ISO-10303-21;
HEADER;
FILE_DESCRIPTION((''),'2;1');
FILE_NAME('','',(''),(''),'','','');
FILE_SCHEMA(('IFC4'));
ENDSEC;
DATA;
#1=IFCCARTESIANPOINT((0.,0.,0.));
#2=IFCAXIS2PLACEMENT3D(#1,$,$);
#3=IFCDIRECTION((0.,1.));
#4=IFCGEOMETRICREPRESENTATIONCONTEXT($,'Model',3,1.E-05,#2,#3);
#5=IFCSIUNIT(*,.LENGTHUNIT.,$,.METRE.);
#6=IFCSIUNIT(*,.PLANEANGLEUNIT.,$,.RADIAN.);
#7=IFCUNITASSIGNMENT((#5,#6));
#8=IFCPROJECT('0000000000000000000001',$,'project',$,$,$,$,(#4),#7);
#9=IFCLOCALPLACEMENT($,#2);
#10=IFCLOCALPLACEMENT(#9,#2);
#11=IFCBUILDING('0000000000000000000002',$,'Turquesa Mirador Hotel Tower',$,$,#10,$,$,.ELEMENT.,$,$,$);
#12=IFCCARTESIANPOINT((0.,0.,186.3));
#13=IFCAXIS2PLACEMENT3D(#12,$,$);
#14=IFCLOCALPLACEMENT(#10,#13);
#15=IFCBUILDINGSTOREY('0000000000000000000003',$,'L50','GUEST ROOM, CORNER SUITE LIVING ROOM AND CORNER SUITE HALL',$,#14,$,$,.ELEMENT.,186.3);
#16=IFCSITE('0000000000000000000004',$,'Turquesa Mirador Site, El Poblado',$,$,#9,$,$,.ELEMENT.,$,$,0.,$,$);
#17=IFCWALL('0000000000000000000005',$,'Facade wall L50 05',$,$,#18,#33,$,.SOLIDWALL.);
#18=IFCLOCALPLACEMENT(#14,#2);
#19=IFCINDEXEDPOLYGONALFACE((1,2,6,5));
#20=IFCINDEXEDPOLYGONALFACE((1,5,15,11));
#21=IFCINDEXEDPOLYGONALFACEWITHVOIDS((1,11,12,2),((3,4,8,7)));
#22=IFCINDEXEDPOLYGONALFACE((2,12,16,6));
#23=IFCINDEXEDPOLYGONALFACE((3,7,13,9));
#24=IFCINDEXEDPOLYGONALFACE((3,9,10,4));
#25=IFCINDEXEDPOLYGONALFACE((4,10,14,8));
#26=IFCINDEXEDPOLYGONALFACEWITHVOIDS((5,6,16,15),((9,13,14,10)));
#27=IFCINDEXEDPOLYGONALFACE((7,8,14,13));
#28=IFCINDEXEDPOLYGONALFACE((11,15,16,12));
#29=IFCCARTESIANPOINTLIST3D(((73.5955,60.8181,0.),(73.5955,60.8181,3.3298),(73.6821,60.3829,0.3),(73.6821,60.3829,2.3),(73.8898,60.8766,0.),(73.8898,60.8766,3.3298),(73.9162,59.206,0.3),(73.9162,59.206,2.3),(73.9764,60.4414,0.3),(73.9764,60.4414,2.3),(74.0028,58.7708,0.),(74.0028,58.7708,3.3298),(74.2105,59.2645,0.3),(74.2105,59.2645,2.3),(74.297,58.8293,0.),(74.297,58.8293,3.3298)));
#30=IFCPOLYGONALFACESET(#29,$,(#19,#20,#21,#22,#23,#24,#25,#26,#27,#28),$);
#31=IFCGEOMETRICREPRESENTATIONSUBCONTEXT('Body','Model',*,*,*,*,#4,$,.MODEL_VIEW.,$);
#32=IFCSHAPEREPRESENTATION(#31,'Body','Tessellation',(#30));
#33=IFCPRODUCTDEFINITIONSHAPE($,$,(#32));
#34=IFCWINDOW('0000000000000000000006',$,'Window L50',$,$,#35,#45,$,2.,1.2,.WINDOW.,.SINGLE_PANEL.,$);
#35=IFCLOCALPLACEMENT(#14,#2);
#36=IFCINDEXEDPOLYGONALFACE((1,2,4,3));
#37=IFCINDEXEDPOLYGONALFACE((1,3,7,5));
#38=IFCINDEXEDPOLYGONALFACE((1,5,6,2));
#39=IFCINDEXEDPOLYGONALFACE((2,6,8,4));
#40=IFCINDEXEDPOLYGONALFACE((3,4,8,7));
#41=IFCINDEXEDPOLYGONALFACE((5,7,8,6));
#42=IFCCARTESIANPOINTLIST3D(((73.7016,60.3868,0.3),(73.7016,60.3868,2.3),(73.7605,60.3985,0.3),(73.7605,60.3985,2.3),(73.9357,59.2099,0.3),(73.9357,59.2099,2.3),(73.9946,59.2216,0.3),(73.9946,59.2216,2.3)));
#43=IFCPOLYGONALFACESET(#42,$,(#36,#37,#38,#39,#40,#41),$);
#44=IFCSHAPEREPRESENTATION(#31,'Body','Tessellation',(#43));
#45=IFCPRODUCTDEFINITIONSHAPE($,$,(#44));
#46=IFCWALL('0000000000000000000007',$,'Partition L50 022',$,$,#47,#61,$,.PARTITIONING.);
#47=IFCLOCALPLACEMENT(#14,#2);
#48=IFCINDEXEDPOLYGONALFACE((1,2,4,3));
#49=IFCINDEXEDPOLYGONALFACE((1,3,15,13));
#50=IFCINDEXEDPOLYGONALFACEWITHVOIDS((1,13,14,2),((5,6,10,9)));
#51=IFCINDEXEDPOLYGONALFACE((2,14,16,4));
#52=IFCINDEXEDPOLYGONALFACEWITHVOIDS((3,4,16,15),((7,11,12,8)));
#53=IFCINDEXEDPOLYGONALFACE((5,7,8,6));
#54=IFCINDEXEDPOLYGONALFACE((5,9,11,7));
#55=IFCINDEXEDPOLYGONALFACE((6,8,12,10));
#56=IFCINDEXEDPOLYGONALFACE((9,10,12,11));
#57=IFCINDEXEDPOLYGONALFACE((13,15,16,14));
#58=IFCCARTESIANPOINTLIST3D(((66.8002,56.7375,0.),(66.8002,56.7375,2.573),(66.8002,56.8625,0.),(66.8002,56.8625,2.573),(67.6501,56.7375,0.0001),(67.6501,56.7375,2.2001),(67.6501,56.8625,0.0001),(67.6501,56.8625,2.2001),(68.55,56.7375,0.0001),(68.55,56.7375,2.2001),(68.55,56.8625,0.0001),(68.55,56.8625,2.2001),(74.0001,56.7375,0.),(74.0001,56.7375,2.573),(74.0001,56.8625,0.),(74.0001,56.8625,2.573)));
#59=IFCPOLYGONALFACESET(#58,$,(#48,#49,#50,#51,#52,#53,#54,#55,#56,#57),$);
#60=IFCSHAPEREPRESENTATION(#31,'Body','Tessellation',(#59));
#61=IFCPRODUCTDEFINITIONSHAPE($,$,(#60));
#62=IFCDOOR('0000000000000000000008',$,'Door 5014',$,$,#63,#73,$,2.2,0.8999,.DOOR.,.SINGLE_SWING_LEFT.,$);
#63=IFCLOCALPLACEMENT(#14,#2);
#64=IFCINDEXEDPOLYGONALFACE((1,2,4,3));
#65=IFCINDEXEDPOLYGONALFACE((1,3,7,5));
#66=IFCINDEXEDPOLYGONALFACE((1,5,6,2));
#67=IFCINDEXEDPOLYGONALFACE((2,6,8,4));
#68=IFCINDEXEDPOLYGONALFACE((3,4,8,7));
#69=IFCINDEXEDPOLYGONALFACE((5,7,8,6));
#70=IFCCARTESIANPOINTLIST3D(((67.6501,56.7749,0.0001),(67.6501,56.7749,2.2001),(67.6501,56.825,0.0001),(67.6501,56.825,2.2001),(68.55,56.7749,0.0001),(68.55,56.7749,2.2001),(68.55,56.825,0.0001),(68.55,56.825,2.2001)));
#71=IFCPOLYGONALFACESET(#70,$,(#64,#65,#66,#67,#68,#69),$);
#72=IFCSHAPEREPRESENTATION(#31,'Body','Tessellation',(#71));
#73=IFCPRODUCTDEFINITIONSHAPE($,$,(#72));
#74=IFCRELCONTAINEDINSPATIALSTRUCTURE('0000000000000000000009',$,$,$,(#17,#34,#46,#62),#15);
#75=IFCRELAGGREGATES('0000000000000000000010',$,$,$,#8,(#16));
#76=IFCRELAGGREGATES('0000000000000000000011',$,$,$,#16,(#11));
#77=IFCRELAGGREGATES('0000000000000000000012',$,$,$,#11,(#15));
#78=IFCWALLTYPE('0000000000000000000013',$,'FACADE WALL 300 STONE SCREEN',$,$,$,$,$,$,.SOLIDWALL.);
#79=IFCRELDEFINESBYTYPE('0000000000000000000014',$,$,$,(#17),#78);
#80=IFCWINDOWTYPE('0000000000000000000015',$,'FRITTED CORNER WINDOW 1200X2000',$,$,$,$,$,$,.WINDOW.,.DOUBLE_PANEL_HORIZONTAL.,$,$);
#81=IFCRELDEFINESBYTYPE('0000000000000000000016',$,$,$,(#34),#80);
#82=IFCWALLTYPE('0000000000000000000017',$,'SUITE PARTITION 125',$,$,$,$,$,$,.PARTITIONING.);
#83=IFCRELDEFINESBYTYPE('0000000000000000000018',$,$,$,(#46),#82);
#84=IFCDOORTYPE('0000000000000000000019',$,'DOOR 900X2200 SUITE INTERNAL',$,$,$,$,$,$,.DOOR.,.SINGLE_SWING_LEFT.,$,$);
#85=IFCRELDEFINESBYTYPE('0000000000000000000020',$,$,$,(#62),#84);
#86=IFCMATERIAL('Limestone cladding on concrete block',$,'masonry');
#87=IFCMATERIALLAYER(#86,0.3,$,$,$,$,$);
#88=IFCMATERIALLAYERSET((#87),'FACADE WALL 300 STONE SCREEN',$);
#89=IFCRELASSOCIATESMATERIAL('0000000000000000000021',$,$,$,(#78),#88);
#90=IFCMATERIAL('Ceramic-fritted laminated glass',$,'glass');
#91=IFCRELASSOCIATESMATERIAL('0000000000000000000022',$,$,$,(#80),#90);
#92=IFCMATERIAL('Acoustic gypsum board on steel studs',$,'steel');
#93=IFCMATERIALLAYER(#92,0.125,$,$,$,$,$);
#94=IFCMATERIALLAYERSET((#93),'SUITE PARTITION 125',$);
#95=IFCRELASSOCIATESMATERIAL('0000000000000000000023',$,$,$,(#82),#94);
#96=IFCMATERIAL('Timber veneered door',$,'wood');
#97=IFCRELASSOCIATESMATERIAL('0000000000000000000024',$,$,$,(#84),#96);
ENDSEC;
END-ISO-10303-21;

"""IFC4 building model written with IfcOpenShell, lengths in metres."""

from ifc_helpers import new_model, si_unit, direction, frame, frame_2d, origin, place, context, subcontext, project, spatial, rectangle, extrude, material, layer, layer_set, type_object, element, fill, save


model = new_model("IFC4")

# Units and contexts
model_context = context("Model", 3, precision=1e-05, world=origin(), true_north=direction((0.0, 1.0)))
body_context = subcontext(model_context, "Body", "Model", "MODEL_VIEW")
ifc_project = project(units=[si_unit("LENGTHUNIT", "METRE"), si_unit("PLANEANGLEUNIT", "RADIAN")], contexts=[model_context])

# Site, building, storey
site_placement = place(None, origin())
site = spatial("IfcSite", under=ifc_project, at=site_placement, Name="Turquesa Mirador Site, El Poblado", CompositionType="ELEMENT", RefElevation=0.0)
building_placement = place(site_placement, origin())
building = spatial("IfcBuilding", under=site, at=building_placement, Name="Turquesa Mirador Hotel Tower", CompositionType="ELEMENT")
storey_placement = place(building_placement, frame((0.0, 0.0, 186.3)))
storey = spatial("IfcBuildingStorey", under=building, at=storey_placement, Name="L50", Description="GUEST ROOM, CORNER SUITE LIVING ROOM AND CORNER SUITE HALL", CompositionType="ELEMENT", Elevation=186.3)

# Wall, opening, window
ifc_material_1 = material(Name="Limestone cladding on concrete block", Category="masonry")
ifc_layer_1 = layer(ifc_material_1, 0.3)
ifc_layer_set_1 = layer_set([ifc_layer_1], Name="FACADE WALL 300 STONE SCREEN")
wall_type_1 = type_object("IfcWallType", Name="FACADE WALL 300 STONE SCREEN", PredefinedType="SOLIDWALL", material=ifc_layer_set_1)
wall_1_placement = place(storey_placement, frame((74.1499, 58.8, 0.0), z_axis=(0.0, 0.0, 1.0), x_axis=(-0.195081, 0.980787, 0.0)))
wall_1 = element("IfcWall", 1, at=wall_1_placement, inside=storey, type_object=wall_type_1, Name="Facade wall L50 05", PredefinedType="SOLIDWALL", context=body_context, shape_type="SweptSolid", body=[
    extrude(rectangle(XDim=2.0874, YDim=0.3, at=frame_2d((1.0437, 0.0))), origin(), (0.0, 0.0, 1.0), 3.3298),
])
opening_1_placement = place(wall_1_placement, frame((0.4436, 0.0, 0.3)))
opening_1 = element("IfcOpeningElement", 2, at=opening_1_placement, cuts=wall_1, PredefinedType="OPENING", context=body_context, shape_type="SweptSolid", body=[
    extrude(rectangle(XDim=1.2, YDim=2.0, at=frame_2d((0.6001, 1.0))), frame((0.0, 0.1599, 0.0), z_axis=(0.0, -1.0, 0.0), x_axis=(1.0, 0.0, 0.0)), (0.0, 0.0, 1.0), 0.3201),
])
ifc_material_2 = material(Name="Ceramic-fritted laminated glass", Category="glass")
window_type = type_object("IfcWindowType", Name="FRITTED CORNER WINDOW 1200X2000", PartitioningType="DOUBLE_PANEL_HORIZONTAL", PredefinedType="WINDOW", material=ifc_material_2)
window_placement = place(opening_1_placement, origin())
window = element("IfcWindow", 3, at=window_placement, inside=storey, type_object=window_type, Name="Window L50", OverallHeight=2.0, OverallWidth=1.2, PartitioningType="SINGLE_PANEL", PredefinedType="WINDOW", context=body_context, shape_type="SweptSolid", body=[
    extrude(rectangle(XDim=1.2, YDim=2.0, at=frame_2d((0.6001, 1.0))), frame((0.0, 0.1301, 0.0), z_axis=(0.0, -1.0, 0.0), x_axis=(1.0, 0.0, 0.0)), (0.0, 0.0, 1.0), 0.0601),
])
fill(opening_1, window)

# Wall, opening, door
ifc_material_3 = material(Name="Acoustic gypsum board on steel studs", Category="steel")
ifc_layer_2 = layer(ifc_material_3, 0.125)
ifc_layer_set_2 = layer_set([ifc_layer_2], Name="SUITE PARTITION 125")
wall_type_2 = type_object("IfcWallType", Name="SUITE PARTITION 125", PredefinedType="PARTITIONING", material=ifc_layer_set_2)
wall_2_placement = place(storey_placement, frame((66.8, 56.8, 0.0), z_axis=(0.0, 0.0, 1.0), x_axis=(1.0, 0.0, 0.0)))
wall_2 = element("IfcWall", 4, at=wall_2_placement, inside=storey, type_object=wall_type_2, Name="Partition L50 022", PredefinedType="PARTITIONING", context=body_context, shape_type="SweptSolid", body=[
    extrude(rectangle(XDim=7.2, YDim=0.125, at=frame_2d((3.6001, 0.0))), origin(), (0.0, 0.0, 1.0), 2.573),
])
opening_2_placement = place(wall_2_placement, frame((0.8501, 0.0, 0.0)))
opening_2 = element("IfcOpeningElement", 5, at=opening_2_placement, cuts=wall_2, PredefinedType="OPENING", context=body_context, shape_type="SweptSolid", body=[
    extrude(rectangle(XDim=0.8999, YDim=2.2, at=frame_2d((0.45, 1.1001))), frame((0.0, 0.0725, 0.0), z_axis=(0.0, -1.0, 0.0), x_axis=(1.0, 0.0, 0.0)), (0.0, 0.0, 1.0), 0.145),
])
ifc_material_4 = material(Name="Timber veneered door", Category="wood")
door_type = type_object("IfcDoorType", Name="DOOR 900X2200 SUITE INTERNAL", OperationType="SINGLE_SWING_LEFT", PredefinedType="DOOR", material=ifc_material_4)
door_placement = place(opening_2_placement, origin())
door = element("IfcDoor", 6, at=door_placement, inside=storey, type_object=door_type, Name="Door 5014", OperationType="SINGLE_SWING_LEFT", OverallHeight=2.2, OverallWidth=0.8999, PredefinedType="DOOR", context=body_context, shape_type="SweptSolid", body=[
    extrude(rectangle(XDim=0.8999, YDim=2.2, at=frame_2d((0.45, 1.1001))), frame((0.0, 0.0249, 0.0), z_axis=(0.0, -1.0, 0.0), x_axis=(1.0, 0.0, 0.0)), (0.0, 0.0, 1.0), 0.05),
])
fill(opening_2, door)

save(model, "model.ifc")
